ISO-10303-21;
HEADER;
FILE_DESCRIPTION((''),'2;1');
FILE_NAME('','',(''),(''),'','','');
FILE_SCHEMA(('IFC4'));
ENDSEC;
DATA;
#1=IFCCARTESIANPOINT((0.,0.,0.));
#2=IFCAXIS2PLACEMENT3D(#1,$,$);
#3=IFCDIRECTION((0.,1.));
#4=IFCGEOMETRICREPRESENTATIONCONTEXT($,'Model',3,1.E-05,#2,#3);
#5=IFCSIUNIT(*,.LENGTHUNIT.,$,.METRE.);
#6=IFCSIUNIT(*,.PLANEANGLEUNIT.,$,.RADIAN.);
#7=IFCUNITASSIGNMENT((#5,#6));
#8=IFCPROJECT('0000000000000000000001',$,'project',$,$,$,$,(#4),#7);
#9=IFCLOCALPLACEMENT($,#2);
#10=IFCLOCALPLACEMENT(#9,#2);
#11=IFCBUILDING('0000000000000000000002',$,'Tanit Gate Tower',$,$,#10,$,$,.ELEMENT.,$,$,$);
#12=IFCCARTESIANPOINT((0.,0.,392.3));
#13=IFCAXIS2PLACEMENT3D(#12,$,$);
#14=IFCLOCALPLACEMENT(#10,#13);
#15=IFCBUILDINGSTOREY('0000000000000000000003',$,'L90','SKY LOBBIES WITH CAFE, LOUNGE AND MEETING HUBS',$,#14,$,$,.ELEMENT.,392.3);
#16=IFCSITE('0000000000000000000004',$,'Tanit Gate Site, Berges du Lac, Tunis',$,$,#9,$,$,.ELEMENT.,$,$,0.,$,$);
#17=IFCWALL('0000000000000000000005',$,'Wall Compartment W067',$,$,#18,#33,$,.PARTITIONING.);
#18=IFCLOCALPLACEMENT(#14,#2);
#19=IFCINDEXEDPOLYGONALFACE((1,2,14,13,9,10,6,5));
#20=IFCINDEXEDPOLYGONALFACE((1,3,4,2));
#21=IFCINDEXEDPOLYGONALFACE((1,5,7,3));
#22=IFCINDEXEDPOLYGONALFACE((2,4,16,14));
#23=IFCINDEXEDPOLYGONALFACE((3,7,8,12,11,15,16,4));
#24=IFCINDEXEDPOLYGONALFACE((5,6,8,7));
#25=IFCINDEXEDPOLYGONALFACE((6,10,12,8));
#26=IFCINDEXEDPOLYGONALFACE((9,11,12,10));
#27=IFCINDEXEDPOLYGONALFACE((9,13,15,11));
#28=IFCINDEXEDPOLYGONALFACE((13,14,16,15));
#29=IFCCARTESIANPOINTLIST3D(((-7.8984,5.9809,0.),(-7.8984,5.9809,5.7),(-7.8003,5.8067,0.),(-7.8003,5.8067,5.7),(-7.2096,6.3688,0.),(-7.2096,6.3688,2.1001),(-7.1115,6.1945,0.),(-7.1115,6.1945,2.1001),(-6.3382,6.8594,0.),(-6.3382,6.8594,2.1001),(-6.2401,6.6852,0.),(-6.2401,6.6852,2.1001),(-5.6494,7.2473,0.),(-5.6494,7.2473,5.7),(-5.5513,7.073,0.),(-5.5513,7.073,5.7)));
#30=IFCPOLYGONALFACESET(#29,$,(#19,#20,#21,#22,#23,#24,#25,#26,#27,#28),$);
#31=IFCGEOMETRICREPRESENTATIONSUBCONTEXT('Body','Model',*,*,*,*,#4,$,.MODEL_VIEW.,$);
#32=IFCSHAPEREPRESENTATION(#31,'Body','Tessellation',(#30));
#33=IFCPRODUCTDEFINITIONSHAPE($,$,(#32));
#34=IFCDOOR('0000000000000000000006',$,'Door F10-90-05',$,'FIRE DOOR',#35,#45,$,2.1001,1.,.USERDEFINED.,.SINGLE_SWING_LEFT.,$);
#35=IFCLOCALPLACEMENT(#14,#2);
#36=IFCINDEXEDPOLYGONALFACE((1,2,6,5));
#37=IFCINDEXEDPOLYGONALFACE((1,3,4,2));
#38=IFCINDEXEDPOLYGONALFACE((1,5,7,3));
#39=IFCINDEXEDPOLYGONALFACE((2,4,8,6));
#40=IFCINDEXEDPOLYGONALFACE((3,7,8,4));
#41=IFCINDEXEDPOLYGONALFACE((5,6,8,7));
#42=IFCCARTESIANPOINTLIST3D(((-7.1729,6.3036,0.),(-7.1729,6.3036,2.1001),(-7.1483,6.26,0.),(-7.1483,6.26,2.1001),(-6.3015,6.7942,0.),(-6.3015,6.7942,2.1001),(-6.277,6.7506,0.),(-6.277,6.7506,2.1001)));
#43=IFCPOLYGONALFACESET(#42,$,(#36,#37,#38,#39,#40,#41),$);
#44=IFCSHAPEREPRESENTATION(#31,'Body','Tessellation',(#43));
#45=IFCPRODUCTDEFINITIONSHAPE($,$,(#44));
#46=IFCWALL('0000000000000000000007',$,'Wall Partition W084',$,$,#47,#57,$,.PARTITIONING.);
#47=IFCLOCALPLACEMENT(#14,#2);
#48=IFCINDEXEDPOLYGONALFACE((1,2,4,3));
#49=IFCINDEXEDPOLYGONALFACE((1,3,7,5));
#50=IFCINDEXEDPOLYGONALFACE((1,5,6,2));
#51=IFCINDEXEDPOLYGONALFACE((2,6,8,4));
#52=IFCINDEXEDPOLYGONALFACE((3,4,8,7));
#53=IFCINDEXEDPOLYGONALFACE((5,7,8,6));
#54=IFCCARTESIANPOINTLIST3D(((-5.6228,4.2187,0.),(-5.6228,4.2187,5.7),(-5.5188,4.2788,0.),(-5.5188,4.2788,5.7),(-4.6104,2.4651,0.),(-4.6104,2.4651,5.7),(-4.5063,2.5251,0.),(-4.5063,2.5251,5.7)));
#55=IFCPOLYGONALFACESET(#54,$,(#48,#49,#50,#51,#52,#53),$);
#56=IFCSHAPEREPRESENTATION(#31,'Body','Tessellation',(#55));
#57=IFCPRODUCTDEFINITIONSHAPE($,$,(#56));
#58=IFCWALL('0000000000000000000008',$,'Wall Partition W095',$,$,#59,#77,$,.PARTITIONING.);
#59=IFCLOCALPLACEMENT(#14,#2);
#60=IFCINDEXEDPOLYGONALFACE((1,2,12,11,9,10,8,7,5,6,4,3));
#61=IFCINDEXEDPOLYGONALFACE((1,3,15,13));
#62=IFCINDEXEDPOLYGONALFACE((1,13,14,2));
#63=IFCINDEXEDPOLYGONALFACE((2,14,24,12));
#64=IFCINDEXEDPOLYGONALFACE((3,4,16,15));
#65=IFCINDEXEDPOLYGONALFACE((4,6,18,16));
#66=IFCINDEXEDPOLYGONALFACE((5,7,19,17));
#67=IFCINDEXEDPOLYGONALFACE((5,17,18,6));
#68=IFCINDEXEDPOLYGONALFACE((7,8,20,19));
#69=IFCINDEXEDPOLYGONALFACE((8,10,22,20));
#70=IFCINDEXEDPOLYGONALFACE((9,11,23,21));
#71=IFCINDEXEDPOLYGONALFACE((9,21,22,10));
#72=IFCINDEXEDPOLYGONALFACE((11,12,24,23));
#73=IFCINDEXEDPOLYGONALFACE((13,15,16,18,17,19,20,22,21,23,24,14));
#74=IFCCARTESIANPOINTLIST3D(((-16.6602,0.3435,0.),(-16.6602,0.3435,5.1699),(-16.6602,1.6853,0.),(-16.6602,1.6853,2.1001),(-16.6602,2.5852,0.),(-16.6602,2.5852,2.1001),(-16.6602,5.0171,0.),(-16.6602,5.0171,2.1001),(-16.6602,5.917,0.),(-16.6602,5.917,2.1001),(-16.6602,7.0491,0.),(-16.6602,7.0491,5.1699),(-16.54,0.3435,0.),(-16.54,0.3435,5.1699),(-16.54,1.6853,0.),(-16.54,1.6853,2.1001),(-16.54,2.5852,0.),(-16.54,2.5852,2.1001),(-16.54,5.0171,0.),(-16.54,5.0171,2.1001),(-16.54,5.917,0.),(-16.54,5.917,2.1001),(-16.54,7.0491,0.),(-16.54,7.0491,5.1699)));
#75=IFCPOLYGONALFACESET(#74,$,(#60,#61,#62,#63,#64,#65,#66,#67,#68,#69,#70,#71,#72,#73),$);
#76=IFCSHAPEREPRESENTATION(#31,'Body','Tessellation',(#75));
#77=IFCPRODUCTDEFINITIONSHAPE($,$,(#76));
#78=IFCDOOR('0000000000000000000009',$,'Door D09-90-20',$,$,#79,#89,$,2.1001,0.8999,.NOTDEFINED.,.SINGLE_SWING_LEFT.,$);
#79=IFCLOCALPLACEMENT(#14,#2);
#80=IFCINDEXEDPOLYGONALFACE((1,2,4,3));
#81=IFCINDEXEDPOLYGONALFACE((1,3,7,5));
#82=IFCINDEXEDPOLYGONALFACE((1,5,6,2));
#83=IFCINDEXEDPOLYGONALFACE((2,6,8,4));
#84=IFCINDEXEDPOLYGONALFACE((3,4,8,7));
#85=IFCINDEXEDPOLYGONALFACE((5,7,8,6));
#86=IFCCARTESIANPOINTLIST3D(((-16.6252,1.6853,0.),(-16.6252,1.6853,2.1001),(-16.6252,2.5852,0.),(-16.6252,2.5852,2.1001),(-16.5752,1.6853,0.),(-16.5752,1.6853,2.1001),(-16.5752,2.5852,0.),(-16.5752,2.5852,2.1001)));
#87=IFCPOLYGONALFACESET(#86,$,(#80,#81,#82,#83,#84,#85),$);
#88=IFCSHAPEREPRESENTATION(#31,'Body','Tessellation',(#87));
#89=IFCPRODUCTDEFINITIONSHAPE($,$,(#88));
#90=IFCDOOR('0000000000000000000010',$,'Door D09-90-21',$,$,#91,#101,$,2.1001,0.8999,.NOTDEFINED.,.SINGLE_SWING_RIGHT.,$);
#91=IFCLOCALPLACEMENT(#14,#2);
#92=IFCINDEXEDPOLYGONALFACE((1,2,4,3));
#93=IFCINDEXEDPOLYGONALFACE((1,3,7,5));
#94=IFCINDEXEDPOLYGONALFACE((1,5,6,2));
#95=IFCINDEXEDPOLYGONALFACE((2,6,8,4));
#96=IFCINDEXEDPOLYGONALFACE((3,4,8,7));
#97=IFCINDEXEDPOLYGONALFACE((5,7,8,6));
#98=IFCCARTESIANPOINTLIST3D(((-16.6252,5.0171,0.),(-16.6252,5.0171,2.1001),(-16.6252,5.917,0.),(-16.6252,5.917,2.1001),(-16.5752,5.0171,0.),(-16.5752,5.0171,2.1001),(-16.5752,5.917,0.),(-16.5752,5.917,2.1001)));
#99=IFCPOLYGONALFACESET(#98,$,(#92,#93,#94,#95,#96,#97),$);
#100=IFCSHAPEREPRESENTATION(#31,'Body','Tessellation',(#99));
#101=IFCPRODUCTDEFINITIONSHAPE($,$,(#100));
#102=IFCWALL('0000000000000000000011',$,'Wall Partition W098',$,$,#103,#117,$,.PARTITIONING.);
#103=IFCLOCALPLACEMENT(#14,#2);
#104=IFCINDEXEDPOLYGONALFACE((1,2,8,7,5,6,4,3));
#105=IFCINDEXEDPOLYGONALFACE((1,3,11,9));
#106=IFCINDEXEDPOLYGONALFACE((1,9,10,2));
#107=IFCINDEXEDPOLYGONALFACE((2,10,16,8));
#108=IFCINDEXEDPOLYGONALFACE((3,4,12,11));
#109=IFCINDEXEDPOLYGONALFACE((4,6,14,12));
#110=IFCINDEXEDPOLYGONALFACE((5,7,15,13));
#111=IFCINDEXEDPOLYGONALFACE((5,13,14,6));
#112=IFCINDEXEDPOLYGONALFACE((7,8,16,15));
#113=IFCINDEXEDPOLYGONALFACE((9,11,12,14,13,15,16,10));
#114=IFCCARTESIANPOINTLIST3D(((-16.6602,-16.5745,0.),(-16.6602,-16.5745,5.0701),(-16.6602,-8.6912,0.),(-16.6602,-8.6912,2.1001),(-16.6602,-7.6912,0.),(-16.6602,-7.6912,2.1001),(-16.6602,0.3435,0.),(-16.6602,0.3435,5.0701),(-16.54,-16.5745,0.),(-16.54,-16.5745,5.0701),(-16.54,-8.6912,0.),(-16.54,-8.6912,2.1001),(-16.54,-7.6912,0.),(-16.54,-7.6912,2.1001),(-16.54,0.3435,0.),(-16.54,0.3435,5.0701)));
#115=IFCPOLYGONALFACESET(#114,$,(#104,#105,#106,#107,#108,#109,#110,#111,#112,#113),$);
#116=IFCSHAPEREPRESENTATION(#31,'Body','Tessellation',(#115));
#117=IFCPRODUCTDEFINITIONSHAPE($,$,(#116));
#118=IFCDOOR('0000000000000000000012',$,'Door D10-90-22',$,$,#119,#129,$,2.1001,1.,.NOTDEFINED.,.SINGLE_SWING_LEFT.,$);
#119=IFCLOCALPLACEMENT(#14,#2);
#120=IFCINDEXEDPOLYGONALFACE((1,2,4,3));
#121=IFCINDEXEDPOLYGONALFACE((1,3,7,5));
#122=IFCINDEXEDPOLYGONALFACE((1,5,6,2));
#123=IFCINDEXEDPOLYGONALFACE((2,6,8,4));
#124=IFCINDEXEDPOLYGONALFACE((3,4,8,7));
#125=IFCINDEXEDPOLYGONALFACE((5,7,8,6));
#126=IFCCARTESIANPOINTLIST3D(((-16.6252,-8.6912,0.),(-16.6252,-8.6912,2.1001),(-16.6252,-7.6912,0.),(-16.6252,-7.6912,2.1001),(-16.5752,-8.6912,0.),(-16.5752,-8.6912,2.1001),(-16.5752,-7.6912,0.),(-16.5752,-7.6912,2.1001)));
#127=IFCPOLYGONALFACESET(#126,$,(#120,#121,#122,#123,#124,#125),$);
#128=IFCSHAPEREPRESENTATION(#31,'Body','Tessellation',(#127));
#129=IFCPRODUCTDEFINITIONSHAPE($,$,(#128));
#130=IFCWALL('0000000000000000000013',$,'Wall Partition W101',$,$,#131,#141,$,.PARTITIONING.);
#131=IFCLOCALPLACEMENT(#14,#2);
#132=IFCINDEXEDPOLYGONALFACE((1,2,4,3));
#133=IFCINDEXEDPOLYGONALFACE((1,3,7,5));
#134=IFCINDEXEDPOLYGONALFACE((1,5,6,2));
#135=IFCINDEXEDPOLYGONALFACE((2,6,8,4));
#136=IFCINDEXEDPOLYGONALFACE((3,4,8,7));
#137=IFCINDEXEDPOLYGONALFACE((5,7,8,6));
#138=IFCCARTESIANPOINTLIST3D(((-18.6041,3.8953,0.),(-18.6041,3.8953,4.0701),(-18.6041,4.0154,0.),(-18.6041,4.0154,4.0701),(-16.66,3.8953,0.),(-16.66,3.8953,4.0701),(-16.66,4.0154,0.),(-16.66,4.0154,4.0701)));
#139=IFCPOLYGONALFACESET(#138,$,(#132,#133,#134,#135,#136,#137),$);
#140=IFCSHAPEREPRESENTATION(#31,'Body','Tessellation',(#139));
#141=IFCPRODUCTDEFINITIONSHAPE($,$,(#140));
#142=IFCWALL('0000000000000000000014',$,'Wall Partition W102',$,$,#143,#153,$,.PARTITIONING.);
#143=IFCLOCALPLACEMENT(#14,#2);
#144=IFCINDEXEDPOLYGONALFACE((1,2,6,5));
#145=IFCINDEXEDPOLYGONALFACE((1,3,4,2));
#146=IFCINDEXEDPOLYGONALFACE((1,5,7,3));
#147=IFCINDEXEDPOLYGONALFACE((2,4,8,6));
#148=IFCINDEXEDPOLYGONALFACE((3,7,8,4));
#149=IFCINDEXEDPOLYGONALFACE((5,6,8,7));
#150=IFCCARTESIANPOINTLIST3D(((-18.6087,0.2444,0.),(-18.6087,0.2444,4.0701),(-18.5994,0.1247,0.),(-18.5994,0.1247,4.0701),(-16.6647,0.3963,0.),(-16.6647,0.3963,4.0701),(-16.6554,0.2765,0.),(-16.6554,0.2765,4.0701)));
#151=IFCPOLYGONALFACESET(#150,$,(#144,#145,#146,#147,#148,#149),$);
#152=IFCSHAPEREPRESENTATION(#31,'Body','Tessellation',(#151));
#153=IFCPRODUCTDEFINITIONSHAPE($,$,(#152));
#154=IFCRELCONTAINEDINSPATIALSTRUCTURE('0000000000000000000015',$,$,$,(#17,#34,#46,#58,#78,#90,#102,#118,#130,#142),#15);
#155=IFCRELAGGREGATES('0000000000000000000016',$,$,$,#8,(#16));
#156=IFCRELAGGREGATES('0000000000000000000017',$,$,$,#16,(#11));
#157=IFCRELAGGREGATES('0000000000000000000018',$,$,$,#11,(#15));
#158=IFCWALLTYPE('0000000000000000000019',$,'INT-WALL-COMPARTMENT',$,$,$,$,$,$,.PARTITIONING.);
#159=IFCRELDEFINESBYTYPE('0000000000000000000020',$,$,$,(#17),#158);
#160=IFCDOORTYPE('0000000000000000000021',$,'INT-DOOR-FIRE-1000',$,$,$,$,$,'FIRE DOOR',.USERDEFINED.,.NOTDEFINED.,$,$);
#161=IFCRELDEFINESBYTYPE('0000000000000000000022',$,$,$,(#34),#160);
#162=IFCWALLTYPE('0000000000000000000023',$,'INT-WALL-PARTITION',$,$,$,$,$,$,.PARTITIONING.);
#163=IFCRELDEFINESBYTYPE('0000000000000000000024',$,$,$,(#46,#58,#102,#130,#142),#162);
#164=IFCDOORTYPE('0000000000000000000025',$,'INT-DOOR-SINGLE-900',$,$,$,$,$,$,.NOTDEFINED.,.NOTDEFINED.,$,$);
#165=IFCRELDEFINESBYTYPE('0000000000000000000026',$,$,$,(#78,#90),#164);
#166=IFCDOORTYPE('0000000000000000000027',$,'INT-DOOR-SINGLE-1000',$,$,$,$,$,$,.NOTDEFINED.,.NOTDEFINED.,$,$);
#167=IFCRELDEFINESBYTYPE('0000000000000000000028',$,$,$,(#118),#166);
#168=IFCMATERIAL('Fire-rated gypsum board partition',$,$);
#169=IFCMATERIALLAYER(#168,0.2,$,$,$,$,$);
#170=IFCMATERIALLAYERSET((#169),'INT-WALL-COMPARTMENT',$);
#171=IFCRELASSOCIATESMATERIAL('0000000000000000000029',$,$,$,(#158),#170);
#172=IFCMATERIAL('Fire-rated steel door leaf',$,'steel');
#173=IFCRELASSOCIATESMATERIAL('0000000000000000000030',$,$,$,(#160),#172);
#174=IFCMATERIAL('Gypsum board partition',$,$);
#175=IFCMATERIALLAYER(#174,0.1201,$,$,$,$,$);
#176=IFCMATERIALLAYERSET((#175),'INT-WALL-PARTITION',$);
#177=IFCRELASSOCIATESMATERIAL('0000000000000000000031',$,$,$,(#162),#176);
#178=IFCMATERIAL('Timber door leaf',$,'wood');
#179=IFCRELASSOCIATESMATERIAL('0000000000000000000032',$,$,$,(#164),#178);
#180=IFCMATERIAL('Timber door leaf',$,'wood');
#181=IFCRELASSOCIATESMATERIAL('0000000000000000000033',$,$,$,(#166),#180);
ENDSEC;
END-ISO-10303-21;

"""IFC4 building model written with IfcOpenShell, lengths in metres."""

from ifc_helpers import new_model, si_unit, direction, frame, frame_2d, origin, place, context, subcontext, project, spatial, rectangle, extrude, material, layer, layer_set, type_object, element, fill, save


model = new_model("IFC4")

# Units and contexts
model_context = context("Model", 3, precision=1e-05, world=origin(), true_north=direction((0.0, 1.0)))
body_context = subcontext(model_context, "Body", "Model", "MODEL_VIEW")
ifc_project = project(units=[si_unit("LENGTHUNIT", "METRE"), si_unit("PLANEANGLEUNIT", "RADIAN")], contexts=[model_context])

# Site, building, storey
site_placement = place(None, origin())
site = spatial("IfcSite", under=ifc_project, at=site_placement, Name="Tanit Gate Site, Berges du Lac, Tunis", CompositionType="ELEMENT", RefElevation=0.0)
building_placement = place(site_placement, origin())
building = spatial("IfcBuilding", under=site, at=building_placement, Name="Tanit Gate Tower", CompositionType="ELEMENT")
storey_placement = place(building_placement, frame((0.0, 0.0, 392.3)))
storey = spatial("IfcBuildingStorey", under=building, at=storey_placement, Name="L90", Description="SKY LOBBIES WITH CAFE, LOUNGE AND MEETING HUBS", CompositionType="ELEMENT", Elevation=392.3)

# Wall, opening, door
ifc_material_1 = material(Name="Fire-rated gypsum board partition")
ifc_layer_1 = layer(ifc_material_1, 0.2)
ifc_layer_set_1 = layer_set([ifc_layer_1], Name="INT-WALL-COMPARTMENT")
wall_type_1 = type_object("IfcWallType", Name="INT-WALL-COMPARTMENT", PredefinedType="PARTITIONING", material=ifc_layer_set_1)
wall_1_placement = place(storey_placement, frame((-5.6003, 7.1602, 0.0), z_axis=(0.0, 0.0, 1.0), x_axis=(-0.871363, -0.490638, 0.0)))
wall_1 = element("IfcWall", 1, at=wall_1_placement, inside=storey, type_object=wall_type_1, Name="Wall Compartment W067", PredefinedType="PARTITIONING", context=body_context, shape_type="SweptSolid", body=[
    extrude(rectangle(XDim=2.5811, YDim=0.2, at=frame_2d((1.2905, 0.0))), origin(), (0.0, 0.0, 1.0), 5.7),
])
opening_1_placement = place(wall_1_placement, frame((0.7905, 0.0, 0.0)))
opening_1 = element("IfcOpeningElement", 2, at=opening_1_placement, cuts=wall_1, PredefinedType="OPENING", context=body_context, shape_type="SweptSolid", body=[
    extrude(rectangle(XDim=1.0, YDim=2.1001, at=frame_2d((0.5, 1.05))), frame((0.0, 0.1099, 0.0), z_axis=(0.0, -1.0, 0.0), x_axis=(1.0, 0.0, 0.0)), (0.0, 0.0, 1.0), 0.22),
])
ifc_material_2 = material(Name="Fire-rated steel door leaf", Category="steel")
door_type_1 = type_object("IfcDoorType", Name="INT-DOOR-FIRE-1000", ElementType="FIRE DOOR", OperationType="NOTDEFINED", PredefinedType="USERDEFINED", material=ifc_material_2)
door_1_placement = place(opening_1_placement, origin())
door_1 = element("IfcDoor", 3, at=door_1_placement, inside=storey, type_object=door_type_1, Name="Door F10-90-05", ObjectType="FIRE DOOR", OperationType="SINGLE_SWING_LEFT", OverallHeight=2.1001, OverallWidth=1.0, PredefinedType="USERDEFINED", context=body_context, shape_type="SweptSolid", body=[
    extrude(rectangle(XDim=1.0, YDim=2.1001, at=frame_2d((0.5, 1.05))), frame((0.0, 0.0249, 0.0), z_axis=(0.0, -1.0, 0.0), x_axis=(1.0, 0.0, 0.0)), (0.0, 0.0, 1.0), 0.05),
])
fill(opening_1, door_1)

# Wall
ifc_material_3 = material(Name="Gypsum board partition")
ifc_layer_2 = layer(ifc_material_3, 0.1201)
ifc_layer_set_2 = layer_set([ifc_layer_2], Name="INT-WALL-PARTITION")
wall_type_2 = type_object("IfcWallType", Name="INT-WALL-PARTITION", PredefinedType="PARTITIONING", material=ifc_layer_set_2)
wall_2_placement = place(storey_placement, frame((-4.5583, 2.4951, 0.0), z_axis=(0.0, 0.0, 1.0), x_axis=(-0.49999, 0.866031, 0.0)))
element("IfcWall", 4, at=wall_2_placement, inside=storey, type_object=wall_type_2, Name="Wall Partition W084", PredefinedType="PARTITIONING", context=body_context, shape_type="SweptSolid", body=[
    extrude(rectangle(XDim=2.0249, YDim=0.1201, at=frame_2d((1.0125, 0.0))), origin(), (0.0, 0.0, 1.0), 5.7),
])

# Wall, openings, doors
wall_3_placement = place(storey_placement, frame((-16.6001, 7.0491, 0.0), z_axis=(0.0, 0.0, 1.0), x_axis=(0.0, -1.0, 0.0)))
wall_3 = element("IfcWall", 5, at=wall_3_placement, inside=storey, type_object=wall_type_2, Name="Wall Partition W095", PredefinedType="PARTITIONING", context=body_context, shape_type="SweptSolid", body=[
    extrude(rectangle(XDim=6.7056, YDim=0.1201, at=frame_2d((3.3528, 0.0))), origin(), (0.0, 0.0, 1.0), 5.1699),
])
opening_2_placement = place(wall_3_placement, frame((4.4639, 0.0, 0.0)))
opening_2 = element("IfcOpeningElement", 6, at=opening_2_placement, cuts=wall_3, PredefinedType="OPENING", context=body_context, shape_type="SweptSolid", body=[
    extrude(rectangle(XDim=0.8999, YDim=2.1001, at=frame_2d((0.45, 1.05))), frame((0.0, 0.0701, 0.0), z_axis=(0.0, -1.0, 0.0), x_axis=(1.0, 0.0, 0.0)), (0.0, 0.0, 1.0), 0.1401),
])
opening_3_placement = place(wall_3_placement, frame((1.1321, 0.0, 0.0)))
opening_3 = element("IfcOpeningElement", 7, at=opening_3_placement, cuts=wall_3, PredefinedType="OPENING", context=body_context, shape_type="SweptSolid", body=[
    extrude(rectangle(XDim=0.8999, YDim=2.1001, at=frame_2d((0.45, 1.05))), frame((0.0, 0.0701, 0.0), z_axis=(0.0, -1.0, 0.0), x_axis=(1.0, 0.0, 0.0)), (0.0, 0.0, 1.0), 0.1401),
])
ifc_material_4 = material(Name="Timber door leaf", Category="wood")
door_type_2 = type_object("IfcDoorType", Name="INT-DOOR-SINGLE-900", OperationType="NOTDEFINED", PredefinedType="NOTDEFINED", material=ifc_material_4)
door_2_placement = place(opening_2_placement, origin())
door_2 = element("IfcDoor", 8, at=door_2_placement, inside=storey, type_object=door_type_2, Name="Door D09-90-20", OperationType="SINGLE_SWING_LEFT", OverallHeight=2.1001, OverallWidth=0.8999, PredefinedType="NOTDEFINED", context=body_context, shape_type="SweptSolid", body=[
    extrude(rectangle(XDim=0.8999, YDim=2.1001, at=frame_2d((0.45, 1.05))), frame((0.0, 0.0249, 0.0), z_axis=(0.0, -1.0, 0.0), x_axis=(1.0, 0.0, 0.0)), (0.0, 0.0, 1.0), 0.05),
])
fill(opening_2, door_2)
door_3_placement = place(opening_3_placement, origin())
door_3 = element("IfcDoor", 9, at=door_3_placement, inside=storey, type_object=door_type_2, Name="Door D09-90-21", OperationType="SINGLE_SWING_RIGHT", OverallHeight=2.1001, OverallWidth=0.8999, PredefinedType="NOTDEFINED", context=body_context, shape_type="SweptSolid", body=[
    extrude(rectangle(XDim=0.8999, YDim=2.1001, at=frame_2d((0.45, 1.05))), frame((0.0, 0.0249, 0.0), z_axis=(0.0, -1.0, 0.0), x_axis=(1.0, 0.0, 0.0)), (0.0, 0.0, 1.0), 0.05),
])
fill(opening_3, door_3)

# Wall, opening, door
wall_4_placement = place(storey_placement, frame((-16.6001, 0.3435, 0.0), z_axis=(0.0, 0.0, 1.0), x_axis=(0.0, -1.0, 0.0)))
wall_4 = element("IfcWall", 10, at=wall_4_placement, inside=storey, type_object=wall_type_2, Name="Wall Partition W098", PredefinedType="PARTITIONING", context=body_context, shape_type="SweptSolid", body=[
    extrude(rectangle(XDim=16.918, YDim=0.1201, at=frame_2d((8.459, 0.0))), origin(), (0.0, 0.0, 1.0), 5.0701),
])
opening_4_placement = place(wall_4_placement, frame((8.0347, 0.0, 0.0)))
opening_4 = element("IfcOpeningElement", 11, at=opening_4_placement, cuts=wall_4, PredefinedType="OPENING", context=body_context, shape_type="SweptSolid", body=[
    extrude(rectangle(XDim=1.0, YDim=2.1001, at=frame_2d((0.5, 1.05))), frame((0.0, 0.0701, 0.0), z_axis=(0.0, -1.0, 0.0), x_axis=(1.0, 0.0, 0.0)), (0.0, 0.0, 1.0), 0.1401),
])
ifc_material_5 = material(Name="Timber door leaf", Category="wood")
door_type_3 = type_object("IfcDoorType", Name="INT-DOOR-SINGLE-1000", OperationType="NOTDEFINED", PredefinedType="NOTDEFINED", material=ifc_material_5)
door_4_placement = place(opening_4_placement, origin())
door_4 = element("IfcDoor", 12, at=door_4_placement, inside=storey, type_object=door_type_3, Name="Door D10-90-22", OperationType="SINGLE_SWING_LEFT", OverallHeight=2.1001, OverallWidth=1.0, PredefinedType="NOTDEFINED", context=body_context, shape_type="SweptSolid", body=[
    extrude(rectangle(XDim=1.0, YDim=2.1001, at=frame_2d((0.5, 1.05))), frame((0.0, 0.0249, 0.0), z_axis=(0.0, -1.0, 0.0), x_axis=(1.0, 0.0, 0.0)), (0.0, 0.0, 1.0), 0.05),
])
fill(opening_4, door_4)

# Walls
wall_5_placement = place(storey_placement, frame((-16.6599, 3.9553, 0.0), z_axis=(0.0, 0.0, 1.0), x_axis=(-1.0, 0.0, 0.0)))
element("IfcWall", 13, at=wall_5_placement, inside=storey, type_object=wall_type_2, Name="Wall Partition W101", PredefinedType="PARTITIONING", context=body_context, shape_type="SweptSolid", body=[
    extrude(rectangle(XDim=1.9441, YDim=0.1201, at=frame_2d((0.9722, 0.0))), origin(), (0.0, 0.0, 1.0), 4.0701),
])
wall_6_placement = place(storey_placement, frame((-16.6599, 0.3364, 0.0), z_axis=(0.0, 0.0, 1.0), x_axis=(-0.996963, -0.077874, 0.0)))
element("IfcWall", 14, at=wall_6_placement, inside=storey, type_object=wall_type_2, Name="Wall Partition W102", PredefinedType="PARTITIONING", context=body_context, shape_type="SweptSolid", body=[
    extrude(rectangle(XDim=1.95, YDim=0.1201, at=frame_2d((0.9751, 0.0))), origin(), (0.0, 0.0, 1.0), 4.0701),
])

save(model, "model.ifc")
